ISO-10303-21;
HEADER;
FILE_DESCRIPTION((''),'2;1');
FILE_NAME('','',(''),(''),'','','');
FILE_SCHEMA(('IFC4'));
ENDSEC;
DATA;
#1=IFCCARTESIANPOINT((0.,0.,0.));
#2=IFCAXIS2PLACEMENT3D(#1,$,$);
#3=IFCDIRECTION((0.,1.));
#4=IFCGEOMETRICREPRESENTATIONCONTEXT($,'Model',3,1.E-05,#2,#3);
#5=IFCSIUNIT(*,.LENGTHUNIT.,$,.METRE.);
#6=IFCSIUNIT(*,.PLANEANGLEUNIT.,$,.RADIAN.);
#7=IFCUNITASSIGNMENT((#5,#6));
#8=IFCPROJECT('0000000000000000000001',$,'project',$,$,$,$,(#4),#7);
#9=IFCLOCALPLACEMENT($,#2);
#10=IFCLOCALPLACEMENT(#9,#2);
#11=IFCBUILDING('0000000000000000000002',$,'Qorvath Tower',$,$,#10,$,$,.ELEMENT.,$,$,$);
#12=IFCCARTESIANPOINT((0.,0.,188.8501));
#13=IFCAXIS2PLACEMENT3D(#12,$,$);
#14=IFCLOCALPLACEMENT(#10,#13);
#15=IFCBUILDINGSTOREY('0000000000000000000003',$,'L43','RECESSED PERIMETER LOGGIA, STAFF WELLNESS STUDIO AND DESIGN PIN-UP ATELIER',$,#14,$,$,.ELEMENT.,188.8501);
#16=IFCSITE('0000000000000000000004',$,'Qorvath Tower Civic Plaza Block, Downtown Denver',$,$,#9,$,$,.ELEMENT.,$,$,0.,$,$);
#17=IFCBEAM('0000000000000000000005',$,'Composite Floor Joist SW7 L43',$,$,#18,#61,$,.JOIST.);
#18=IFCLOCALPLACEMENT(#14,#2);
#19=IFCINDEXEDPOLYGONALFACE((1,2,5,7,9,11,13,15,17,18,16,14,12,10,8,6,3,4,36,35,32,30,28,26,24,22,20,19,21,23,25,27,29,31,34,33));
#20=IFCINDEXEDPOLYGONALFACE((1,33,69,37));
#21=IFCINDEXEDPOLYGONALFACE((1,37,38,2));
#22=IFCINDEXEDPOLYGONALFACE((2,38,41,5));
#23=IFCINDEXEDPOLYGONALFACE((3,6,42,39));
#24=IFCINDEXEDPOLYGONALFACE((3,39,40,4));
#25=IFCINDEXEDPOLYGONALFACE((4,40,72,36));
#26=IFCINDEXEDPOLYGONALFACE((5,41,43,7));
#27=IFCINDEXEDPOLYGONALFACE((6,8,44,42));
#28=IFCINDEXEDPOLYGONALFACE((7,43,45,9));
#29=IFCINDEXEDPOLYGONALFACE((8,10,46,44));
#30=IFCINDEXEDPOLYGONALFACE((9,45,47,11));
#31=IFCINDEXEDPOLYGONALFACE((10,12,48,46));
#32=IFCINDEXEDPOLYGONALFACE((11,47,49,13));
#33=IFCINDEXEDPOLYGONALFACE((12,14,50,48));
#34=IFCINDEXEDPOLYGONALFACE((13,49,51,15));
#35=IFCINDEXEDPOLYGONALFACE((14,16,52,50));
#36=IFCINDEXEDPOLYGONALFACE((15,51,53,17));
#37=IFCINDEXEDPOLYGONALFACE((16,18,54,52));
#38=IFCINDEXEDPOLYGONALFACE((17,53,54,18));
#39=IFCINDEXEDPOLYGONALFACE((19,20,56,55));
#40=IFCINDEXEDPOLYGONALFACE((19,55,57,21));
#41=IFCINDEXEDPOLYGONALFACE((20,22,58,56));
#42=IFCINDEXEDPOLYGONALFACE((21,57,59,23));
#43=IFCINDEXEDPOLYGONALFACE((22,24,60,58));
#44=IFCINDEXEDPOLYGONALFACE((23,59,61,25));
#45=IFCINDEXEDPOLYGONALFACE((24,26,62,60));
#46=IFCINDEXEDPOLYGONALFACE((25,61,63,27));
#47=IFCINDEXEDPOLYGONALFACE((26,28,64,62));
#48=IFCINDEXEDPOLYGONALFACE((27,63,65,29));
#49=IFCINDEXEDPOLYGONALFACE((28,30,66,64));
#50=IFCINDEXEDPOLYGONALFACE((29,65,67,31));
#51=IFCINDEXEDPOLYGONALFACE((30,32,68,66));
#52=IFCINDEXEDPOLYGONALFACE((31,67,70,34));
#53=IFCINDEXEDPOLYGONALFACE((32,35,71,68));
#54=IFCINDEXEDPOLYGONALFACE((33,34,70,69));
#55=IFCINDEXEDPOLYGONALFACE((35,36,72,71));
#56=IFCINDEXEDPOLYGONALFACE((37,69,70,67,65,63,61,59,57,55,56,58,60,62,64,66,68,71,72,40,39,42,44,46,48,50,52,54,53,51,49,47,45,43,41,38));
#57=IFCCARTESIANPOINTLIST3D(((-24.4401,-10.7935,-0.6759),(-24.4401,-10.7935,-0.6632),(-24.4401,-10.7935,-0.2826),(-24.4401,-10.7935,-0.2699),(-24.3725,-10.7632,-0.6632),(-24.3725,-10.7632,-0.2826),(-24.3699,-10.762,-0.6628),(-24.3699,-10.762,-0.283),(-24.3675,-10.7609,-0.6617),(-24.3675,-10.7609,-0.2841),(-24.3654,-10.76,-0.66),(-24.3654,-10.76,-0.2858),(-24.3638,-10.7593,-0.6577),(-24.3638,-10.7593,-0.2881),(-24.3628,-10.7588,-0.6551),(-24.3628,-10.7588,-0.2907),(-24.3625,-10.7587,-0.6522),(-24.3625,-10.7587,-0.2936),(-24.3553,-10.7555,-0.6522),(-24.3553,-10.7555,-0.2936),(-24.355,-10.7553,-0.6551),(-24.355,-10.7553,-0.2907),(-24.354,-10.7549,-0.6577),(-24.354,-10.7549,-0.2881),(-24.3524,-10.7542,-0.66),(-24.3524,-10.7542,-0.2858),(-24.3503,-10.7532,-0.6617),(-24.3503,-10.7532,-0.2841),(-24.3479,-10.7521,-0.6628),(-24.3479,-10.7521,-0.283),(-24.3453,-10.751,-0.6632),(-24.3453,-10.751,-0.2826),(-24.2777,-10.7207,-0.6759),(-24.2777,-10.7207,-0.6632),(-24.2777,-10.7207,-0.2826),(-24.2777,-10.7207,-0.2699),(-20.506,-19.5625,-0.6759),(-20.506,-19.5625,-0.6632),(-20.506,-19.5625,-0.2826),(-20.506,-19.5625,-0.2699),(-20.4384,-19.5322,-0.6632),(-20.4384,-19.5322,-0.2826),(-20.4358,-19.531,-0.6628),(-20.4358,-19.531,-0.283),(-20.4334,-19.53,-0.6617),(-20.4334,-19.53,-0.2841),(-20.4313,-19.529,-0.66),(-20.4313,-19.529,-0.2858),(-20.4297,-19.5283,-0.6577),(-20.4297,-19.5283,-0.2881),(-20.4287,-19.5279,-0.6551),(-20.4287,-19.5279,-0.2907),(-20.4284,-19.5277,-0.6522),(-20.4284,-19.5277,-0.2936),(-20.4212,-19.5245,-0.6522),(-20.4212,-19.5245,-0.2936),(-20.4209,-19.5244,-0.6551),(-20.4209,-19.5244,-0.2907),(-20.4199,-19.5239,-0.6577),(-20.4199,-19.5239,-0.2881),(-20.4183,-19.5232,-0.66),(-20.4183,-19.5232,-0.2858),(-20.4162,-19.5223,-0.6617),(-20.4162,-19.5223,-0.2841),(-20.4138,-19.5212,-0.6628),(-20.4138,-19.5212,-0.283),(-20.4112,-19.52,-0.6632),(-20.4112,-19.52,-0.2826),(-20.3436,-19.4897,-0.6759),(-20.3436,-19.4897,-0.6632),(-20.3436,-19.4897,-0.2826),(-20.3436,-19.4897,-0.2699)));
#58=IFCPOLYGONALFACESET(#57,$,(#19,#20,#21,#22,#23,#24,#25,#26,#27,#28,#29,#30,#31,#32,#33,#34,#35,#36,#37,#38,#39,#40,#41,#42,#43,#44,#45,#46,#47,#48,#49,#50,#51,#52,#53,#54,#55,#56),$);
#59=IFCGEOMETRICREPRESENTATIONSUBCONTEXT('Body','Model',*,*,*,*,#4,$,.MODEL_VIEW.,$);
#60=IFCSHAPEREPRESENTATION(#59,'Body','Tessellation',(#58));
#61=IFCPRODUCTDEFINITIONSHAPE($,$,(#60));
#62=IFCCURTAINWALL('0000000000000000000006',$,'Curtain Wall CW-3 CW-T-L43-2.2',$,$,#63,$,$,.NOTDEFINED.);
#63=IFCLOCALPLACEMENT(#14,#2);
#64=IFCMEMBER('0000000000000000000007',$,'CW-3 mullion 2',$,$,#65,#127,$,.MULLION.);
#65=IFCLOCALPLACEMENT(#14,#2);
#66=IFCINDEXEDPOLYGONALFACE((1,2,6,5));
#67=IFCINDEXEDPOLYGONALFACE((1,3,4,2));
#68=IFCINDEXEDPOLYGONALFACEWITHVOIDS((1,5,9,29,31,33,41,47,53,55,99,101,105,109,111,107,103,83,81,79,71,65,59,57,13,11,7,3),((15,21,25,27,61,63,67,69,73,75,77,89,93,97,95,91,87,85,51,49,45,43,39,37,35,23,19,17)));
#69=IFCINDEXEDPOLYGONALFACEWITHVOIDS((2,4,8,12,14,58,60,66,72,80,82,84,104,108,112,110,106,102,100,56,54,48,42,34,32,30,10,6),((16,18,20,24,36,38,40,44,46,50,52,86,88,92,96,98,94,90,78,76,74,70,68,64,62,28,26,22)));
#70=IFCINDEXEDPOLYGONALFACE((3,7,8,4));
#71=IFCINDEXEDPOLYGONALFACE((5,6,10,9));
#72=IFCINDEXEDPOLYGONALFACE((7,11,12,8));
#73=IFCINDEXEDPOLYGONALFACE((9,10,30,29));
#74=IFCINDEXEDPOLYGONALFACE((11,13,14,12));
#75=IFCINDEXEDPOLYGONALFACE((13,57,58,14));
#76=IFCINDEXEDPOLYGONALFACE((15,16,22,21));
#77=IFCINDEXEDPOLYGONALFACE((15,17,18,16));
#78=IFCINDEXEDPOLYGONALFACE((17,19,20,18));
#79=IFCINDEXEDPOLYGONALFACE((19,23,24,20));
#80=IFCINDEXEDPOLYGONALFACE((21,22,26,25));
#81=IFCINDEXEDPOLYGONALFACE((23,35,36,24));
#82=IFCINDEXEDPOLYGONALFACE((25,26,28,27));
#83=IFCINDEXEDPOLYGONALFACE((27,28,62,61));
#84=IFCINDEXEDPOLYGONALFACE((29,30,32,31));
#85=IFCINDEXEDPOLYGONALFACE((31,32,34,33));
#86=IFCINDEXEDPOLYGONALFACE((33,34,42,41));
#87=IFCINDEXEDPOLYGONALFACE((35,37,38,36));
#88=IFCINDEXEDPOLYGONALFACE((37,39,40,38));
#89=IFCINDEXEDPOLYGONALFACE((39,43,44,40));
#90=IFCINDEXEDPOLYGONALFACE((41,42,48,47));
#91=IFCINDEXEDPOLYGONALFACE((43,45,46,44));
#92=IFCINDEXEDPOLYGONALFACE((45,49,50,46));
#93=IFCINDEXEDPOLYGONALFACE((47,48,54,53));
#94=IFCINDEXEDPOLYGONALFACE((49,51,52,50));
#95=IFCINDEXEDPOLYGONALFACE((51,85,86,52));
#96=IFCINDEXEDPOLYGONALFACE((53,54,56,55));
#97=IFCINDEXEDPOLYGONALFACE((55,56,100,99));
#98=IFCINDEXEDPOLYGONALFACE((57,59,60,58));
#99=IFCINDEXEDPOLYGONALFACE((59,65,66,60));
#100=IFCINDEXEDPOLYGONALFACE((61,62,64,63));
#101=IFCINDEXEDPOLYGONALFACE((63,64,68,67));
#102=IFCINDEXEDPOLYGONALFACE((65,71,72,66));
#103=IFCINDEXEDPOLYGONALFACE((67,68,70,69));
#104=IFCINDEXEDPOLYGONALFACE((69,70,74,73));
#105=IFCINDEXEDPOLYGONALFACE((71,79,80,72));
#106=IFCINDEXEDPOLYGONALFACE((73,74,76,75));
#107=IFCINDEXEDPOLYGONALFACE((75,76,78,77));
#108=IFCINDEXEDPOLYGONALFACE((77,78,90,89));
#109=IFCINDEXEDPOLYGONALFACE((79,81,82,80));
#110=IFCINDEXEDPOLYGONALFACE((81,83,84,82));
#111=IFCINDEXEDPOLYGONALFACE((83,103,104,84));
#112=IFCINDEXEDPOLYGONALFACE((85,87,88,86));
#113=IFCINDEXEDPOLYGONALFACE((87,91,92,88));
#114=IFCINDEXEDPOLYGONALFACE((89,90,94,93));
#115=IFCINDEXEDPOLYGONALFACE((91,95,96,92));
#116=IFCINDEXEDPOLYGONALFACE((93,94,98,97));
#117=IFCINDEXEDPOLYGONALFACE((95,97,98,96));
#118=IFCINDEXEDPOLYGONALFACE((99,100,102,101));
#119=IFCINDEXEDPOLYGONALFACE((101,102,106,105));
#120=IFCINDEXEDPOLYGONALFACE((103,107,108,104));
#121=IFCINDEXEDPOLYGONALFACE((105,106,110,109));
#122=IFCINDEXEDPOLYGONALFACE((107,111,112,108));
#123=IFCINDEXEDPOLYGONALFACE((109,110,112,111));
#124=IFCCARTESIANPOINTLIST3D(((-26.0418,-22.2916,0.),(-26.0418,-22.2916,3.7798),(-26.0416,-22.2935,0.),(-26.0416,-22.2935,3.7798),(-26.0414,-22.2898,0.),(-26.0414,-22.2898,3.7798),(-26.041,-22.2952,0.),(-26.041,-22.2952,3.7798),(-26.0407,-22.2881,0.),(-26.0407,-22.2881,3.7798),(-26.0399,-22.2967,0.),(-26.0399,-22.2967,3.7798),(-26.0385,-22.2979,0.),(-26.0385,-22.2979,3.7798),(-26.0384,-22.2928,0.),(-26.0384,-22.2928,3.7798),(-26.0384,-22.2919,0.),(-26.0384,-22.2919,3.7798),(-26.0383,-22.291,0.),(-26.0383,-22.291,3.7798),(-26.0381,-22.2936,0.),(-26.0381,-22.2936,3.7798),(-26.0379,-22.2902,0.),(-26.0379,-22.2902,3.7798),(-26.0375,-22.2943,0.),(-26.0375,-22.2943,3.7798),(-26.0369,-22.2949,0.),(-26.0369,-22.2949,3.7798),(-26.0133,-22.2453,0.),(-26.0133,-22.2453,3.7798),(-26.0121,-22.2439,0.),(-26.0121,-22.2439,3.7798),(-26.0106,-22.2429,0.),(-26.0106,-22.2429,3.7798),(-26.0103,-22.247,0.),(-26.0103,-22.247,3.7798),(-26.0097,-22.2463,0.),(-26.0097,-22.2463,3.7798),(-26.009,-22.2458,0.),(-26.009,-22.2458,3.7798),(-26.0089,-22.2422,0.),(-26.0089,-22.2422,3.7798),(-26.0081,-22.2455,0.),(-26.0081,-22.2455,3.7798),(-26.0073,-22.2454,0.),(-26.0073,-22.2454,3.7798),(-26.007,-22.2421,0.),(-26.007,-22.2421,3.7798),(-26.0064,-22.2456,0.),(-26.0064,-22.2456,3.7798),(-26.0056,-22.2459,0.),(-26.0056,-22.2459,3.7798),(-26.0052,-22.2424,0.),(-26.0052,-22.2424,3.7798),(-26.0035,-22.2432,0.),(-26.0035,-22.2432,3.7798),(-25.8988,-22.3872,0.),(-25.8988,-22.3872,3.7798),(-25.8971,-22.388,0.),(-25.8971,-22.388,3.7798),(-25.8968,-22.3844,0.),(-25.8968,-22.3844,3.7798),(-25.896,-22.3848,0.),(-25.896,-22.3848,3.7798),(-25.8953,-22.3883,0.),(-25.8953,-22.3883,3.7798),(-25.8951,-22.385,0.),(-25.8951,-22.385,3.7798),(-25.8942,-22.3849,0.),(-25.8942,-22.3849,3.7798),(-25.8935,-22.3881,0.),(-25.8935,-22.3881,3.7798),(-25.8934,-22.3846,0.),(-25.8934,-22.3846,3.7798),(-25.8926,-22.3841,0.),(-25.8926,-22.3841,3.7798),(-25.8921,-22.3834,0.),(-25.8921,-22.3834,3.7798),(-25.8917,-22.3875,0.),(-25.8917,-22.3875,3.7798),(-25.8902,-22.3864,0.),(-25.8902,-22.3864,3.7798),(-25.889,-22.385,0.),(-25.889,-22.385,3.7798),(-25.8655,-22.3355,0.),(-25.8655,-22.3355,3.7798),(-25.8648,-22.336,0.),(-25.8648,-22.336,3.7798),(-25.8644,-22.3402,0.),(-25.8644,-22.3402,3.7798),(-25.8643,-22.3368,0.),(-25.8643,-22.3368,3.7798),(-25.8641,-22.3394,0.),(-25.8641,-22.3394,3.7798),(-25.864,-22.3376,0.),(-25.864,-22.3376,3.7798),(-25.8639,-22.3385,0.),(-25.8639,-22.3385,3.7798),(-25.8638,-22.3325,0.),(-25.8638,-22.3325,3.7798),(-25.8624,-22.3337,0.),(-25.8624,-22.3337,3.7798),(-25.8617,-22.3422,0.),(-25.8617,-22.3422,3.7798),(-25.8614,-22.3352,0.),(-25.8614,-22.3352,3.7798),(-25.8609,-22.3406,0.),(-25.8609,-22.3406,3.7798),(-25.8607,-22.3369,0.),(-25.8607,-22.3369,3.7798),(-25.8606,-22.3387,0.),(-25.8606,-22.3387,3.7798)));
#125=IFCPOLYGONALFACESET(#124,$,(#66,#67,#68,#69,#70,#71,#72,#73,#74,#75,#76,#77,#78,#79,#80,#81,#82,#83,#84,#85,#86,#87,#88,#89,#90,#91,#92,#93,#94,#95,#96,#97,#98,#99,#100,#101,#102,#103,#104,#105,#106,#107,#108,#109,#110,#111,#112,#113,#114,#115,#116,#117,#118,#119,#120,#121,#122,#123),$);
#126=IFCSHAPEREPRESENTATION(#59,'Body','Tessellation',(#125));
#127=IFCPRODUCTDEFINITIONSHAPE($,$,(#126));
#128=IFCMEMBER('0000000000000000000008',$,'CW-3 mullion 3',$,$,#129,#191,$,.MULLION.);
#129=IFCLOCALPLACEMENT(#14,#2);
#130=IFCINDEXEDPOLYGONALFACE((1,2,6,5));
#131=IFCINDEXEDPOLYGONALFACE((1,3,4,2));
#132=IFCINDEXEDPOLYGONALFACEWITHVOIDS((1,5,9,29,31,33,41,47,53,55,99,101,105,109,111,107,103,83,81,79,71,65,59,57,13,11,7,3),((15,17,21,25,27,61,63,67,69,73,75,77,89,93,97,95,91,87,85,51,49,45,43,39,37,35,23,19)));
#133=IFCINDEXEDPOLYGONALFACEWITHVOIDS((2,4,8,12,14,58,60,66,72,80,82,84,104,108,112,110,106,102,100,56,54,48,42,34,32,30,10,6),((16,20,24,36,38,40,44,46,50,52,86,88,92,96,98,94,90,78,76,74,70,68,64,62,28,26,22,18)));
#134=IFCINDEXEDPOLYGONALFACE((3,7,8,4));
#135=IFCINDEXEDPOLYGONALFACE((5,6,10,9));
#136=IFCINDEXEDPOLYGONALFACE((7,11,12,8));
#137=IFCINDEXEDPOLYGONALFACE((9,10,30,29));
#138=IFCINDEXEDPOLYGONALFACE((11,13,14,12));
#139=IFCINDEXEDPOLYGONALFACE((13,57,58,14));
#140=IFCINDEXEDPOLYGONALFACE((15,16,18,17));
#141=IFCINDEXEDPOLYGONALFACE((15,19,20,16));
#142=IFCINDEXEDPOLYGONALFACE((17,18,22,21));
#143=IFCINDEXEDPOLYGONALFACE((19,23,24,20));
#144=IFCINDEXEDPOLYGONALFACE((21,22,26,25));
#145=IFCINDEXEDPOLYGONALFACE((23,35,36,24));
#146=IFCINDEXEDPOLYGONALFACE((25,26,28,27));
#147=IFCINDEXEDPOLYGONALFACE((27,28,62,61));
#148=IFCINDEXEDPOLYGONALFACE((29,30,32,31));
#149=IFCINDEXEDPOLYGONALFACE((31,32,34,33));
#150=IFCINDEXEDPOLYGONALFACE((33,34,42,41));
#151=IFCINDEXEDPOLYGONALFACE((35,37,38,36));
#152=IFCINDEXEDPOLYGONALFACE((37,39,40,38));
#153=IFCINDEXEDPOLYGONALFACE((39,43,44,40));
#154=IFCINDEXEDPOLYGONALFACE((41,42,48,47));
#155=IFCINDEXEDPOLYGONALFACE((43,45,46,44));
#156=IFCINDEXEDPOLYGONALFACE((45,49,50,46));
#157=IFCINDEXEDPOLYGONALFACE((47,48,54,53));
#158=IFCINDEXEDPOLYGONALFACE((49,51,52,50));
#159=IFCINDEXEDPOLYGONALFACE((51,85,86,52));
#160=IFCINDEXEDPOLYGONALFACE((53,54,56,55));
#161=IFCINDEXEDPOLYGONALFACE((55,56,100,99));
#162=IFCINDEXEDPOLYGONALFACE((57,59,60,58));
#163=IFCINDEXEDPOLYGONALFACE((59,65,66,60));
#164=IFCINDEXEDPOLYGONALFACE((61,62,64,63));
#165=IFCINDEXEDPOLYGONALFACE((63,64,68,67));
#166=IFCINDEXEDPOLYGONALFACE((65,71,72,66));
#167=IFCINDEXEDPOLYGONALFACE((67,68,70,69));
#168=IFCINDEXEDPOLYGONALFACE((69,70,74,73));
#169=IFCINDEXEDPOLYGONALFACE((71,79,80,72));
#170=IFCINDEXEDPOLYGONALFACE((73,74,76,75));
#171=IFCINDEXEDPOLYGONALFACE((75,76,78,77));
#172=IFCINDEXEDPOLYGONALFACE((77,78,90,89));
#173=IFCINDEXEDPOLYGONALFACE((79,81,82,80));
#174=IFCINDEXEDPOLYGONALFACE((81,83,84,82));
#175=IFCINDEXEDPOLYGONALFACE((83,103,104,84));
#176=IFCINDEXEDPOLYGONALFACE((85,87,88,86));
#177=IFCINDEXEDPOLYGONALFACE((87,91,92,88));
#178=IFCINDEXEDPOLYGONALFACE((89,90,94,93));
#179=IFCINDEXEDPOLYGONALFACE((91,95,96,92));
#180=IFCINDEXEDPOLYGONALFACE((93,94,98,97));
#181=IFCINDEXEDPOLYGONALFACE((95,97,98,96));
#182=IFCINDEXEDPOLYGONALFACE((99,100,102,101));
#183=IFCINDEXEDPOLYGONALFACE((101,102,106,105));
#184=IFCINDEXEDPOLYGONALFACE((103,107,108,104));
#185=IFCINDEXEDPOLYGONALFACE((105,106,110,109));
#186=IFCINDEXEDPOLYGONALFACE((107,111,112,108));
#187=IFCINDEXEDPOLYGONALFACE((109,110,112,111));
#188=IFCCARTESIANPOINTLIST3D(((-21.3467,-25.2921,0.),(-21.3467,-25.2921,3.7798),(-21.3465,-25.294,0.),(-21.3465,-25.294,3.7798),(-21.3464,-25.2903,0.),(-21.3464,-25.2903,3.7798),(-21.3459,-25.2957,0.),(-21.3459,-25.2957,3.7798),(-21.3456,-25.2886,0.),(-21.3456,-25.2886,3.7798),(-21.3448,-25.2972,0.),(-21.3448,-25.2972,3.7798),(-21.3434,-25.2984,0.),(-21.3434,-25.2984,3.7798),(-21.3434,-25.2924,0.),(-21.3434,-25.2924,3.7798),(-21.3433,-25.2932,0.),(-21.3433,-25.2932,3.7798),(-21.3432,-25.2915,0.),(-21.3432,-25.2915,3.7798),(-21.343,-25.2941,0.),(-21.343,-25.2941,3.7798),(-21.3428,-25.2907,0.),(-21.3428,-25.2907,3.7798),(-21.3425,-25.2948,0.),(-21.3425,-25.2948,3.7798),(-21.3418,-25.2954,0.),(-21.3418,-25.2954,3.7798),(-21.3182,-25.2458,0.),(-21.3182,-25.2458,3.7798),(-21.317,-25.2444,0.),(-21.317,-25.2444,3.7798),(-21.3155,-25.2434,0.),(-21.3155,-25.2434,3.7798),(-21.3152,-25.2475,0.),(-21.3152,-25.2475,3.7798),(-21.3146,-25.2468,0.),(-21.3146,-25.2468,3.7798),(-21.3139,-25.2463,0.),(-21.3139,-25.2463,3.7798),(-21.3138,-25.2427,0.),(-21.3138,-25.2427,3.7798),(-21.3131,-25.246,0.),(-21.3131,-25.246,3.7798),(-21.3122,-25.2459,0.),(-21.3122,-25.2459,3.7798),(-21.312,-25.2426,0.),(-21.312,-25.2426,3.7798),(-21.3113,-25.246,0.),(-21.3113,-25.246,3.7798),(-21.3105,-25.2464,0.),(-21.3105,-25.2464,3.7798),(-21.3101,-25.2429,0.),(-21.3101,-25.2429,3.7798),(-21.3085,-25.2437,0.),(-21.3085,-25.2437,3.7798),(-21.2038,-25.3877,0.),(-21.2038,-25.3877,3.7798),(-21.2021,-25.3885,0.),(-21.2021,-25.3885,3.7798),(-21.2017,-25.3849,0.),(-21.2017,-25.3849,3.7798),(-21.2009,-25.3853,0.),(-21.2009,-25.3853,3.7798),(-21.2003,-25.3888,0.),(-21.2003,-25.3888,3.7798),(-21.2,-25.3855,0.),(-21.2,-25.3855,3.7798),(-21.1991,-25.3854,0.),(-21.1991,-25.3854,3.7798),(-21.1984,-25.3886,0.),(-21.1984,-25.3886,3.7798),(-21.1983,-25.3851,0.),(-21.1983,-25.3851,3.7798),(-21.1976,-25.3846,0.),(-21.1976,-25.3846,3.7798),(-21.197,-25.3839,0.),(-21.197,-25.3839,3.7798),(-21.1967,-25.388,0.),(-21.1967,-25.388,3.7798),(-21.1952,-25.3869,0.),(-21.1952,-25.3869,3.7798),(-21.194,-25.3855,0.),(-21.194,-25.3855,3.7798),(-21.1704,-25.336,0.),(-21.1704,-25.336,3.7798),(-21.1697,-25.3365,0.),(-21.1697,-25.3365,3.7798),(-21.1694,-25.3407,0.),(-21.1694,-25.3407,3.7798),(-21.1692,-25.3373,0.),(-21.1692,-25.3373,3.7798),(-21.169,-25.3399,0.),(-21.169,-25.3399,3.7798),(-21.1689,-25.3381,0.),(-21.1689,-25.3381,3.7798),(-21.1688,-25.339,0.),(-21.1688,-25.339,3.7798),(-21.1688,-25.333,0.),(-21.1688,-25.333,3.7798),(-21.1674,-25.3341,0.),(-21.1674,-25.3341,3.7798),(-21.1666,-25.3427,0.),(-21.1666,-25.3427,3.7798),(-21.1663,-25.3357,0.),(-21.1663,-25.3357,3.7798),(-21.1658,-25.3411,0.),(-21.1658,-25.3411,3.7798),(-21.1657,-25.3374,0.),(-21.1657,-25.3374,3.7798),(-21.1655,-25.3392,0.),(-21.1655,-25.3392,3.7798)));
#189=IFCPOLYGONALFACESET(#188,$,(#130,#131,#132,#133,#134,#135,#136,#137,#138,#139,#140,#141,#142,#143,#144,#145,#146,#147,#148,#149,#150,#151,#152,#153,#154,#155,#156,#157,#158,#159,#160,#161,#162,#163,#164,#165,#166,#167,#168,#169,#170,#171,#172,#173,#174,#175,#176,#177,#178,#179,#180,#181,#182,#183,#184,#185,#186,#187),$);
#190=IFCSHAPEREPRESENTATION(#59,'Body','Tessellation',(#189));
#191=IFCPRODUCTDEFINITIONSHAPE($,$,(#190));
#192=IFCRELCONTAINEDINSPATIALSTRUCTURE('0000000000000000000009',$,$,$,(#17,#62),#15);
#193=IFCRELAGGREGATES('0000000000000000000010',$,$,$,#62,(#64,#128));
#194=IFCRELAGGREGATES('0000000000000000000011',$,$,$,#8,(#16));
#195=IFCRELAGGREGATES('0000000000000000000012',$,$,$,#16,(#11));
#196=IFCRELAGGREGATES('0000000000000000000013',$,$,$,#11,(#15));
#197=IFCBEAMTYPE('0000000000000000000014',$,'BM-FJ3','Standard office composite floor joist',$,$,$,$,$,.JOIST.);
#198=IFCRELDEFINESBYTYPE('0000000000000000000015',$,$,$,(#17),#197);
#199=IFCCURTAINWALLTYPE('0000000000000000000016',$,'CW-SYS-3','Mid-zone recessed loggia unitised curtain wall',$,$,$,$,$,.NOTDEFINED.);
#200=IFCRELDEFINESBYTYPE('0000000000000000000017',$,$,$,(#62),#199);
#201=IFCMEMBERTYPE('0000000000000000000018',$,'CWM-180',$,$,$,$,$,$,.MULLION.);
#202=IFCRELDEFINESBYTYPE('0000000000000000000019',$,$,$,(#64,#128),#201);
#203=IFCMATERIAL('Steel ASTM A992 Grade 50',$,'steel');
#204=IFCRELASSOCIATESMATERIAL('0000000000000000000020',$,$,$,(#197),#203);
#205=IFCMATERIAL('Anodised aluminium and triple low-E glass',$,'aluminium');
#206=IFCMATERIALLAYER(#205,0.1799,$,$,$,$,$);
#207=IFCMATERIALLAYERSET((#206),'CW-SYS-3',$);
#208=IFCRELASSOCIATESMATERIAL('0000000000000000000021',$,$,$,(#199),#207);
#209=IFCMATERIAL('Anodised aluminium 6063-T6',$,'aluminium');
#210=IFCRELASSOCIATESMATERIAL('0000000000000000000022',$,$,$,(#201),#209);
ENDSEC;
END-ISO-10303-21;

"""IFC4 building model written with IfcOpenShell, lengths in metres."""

from ifc_helpers import new_model, si_unit, direction, frame, origin, origin_2d, place, context, subcontext, project, spatial, hollow_rectangle, i_section, extrude, material, layer, layer_set, material_profile, profile_set, type_object, element, aggregate, save


model = new_model("IFC4")

# Units and contexts
model_context = context("Model", 3, precision=1e-05, world=origin(), true_north=direction((0.0, 1.0)))
body_context = subcontext(model_context, "Body", "Model", "MODEL_VIEW")
ifc_project = project(units=[si_unit("LENGTHUNIT", "METRE"), si_unit("PLANEANGLEUNIT", "RADIAN")], contexts=[model_context])

# Site, building, storey
site_placement = place(None, origin())
site = spatial("IfcSite", under=ifc_project, at=site_placement, Name="Qorvath Tower Civic Plaza Block, Downtown Denver", CompositionType="ELEMENT", RefElevation=0.0)
building_placement = place(site_placement, origin())
building = spatial("IfcBuilding", under=site, at=building_placement, Name="Qorvath Tower", CompositionType="ELEMENT")
storey_placement = place(building_placement, frame((0.0, 0.0, 188.8501)))
storey = spatial("IfcBuildingStorey", under=building, at=storey_placement, Name="L43", Description="RECESSED PERIMETER LOGGIA, STAFF WELLNESS STUDIO AND DESIGN PIN-UP ATELIER", CompositionType="ELEMENT", Elevation=188.8501)

# Beam
ifc_material_1 = material(Name="Steel ASTM A992 Grade 50", Category="steel")
ifc_material_profile_1 = material_profile(ifc_material_1, i_section(OverallWidth=0.178, OverallDepth=0.406, WebThickness=0.0078, FlangeThickness=0.0127, FilletRadius=0.011, at=origin_2d()), Name="W16x40")
ifc_profile_set_1 = profile_set([ifc_material_profile_1], Name="Steel ASTM A992 Grade 50")
beam_type_1 = type_object("IfcBeamType", Name="BM-FJ3", Description="Standard office composite floor joist", PredefinedType="JOIST", material=ifc_profile_set_1)
beam_1_placement = place(storey_placement, frame((-24.3589, -10.7571, -0.4729), z_axis=(0.409327, -0.912388, 0.0), x_axis=(0.912388, 0.409327, 0.0)))
element("IfcBeam", 1, at=beam_1_placement, inside=storey, type_object=beam_type_1, Name="Composite Floor Joist SW7 L43", PredefinedType="JOIST", context=body_context, shape_type="SweptSolid", body=[
    extrude(i_section(OverallWidth=0.178, OverallDepth=0.406, WebThickness=0.0078, FlangeThickness=0.0127, FilletRadius=0.011, at=origin_2d()), origin(), (0.0, 0.0, 1.0), 9.6111),
])

# Curtain wall, members
ifc_material_2 = material(Name="Anodised aluminium and triple low-E glass", Category="aluminium")
ifc_layer_1 = layer(ifc_material_2, 0.1799)
ifc_layer_set_1 = layer_set([ifc_layer_1], Name="CW-SYS-3")
curtain_wall_type = type_object("IfcCurtainWallType", Name="CW-SYS-3", Description="Mid-zone recessed loggia unitised curtain wall", PredefinedType="NOTDEFINED", material=ifc_layer_set_1)
curtain_wall_placement = place(storey_placement, origin())
curtain_wall = element("IfcCurtainWall", 2, at=curtain_wall_placement, inside=storey, type_object=curtain_wall_type, Name="Curtain Wall CW-3 CW-T-L43-2.2", PredefinedType="NOTDEFINED")
ifc_material_3 = material(Name="Anodised aluminium 6063-T6", Category="aluminium")
ifc_material_profile_2 = material_profile(ifc_material_3, hollow_rectangle(XDim=0.0649, YDim=0.1799, WallThickness=0.0034, InnerFilletRadius=0.0034, OuterFilletRadius=0.0071, at=origin_2d()), Name="CWM 180x65")
ifc_profile_set_2 = profile_set([ifc_material_profile_2], Name="Anodised aluminium 6063-T6")
member_type_1 = type_object("IfcMemberType", Name="CWM-180", PredefinedType="MULLION", material=ifc_profile_set_2)
member_1_placement = place(storey_placement, frame((-25.9512, -22.3152, 0.0), z_axis=(0.0, 0.0, 1.0), x_axis=(0.538531, 0.842606, 0.0)))
member_1 = element("IfcMember", 3, at=member_1_placement, type_object=member_type_1, Name="CW-3 mullion 2", PredefinedType="MULLION", context=body_context, shape_type="SweptSolid", body=[
    extrude(hollow_rectangle(XDim=0.0649, YDim=0.1799, WallThickness=0.0034, InnerFilletRadius=0.0034, OuterFilletRadius=0.0071, at=origin_2d()), origin(), (0.0, 0.0, 1.0), 3.7798),
])
member_2_placement = place(storey_placement, frame((-21.2561, -25.3157, 0.0), z_axis=(0.0, 0.0, 1.0), x_axis=(0.538531, 0.842606, 0.0)))
member_2 = element("IfcMember", 4, at=member_2_placement, type_object=member_type_1, Name="CW-3 mullion 3", PredefinedType="MULLION", context=body_context, shape_type="SweptSolid", body=[
    extrude(hollow_rectangle(XDim=0.0649, YDim=0.1799, WallThickness=0.0034, InnerFilletRadius=0.0034, OuterFilletRadius=0.0071, at=origin_2d()), origin(), (0.0, 0.0, 1.0), 3.7798),
])
aggregate(curtain_wall, [member_1, member_2])

save(model, "model.ifc")
